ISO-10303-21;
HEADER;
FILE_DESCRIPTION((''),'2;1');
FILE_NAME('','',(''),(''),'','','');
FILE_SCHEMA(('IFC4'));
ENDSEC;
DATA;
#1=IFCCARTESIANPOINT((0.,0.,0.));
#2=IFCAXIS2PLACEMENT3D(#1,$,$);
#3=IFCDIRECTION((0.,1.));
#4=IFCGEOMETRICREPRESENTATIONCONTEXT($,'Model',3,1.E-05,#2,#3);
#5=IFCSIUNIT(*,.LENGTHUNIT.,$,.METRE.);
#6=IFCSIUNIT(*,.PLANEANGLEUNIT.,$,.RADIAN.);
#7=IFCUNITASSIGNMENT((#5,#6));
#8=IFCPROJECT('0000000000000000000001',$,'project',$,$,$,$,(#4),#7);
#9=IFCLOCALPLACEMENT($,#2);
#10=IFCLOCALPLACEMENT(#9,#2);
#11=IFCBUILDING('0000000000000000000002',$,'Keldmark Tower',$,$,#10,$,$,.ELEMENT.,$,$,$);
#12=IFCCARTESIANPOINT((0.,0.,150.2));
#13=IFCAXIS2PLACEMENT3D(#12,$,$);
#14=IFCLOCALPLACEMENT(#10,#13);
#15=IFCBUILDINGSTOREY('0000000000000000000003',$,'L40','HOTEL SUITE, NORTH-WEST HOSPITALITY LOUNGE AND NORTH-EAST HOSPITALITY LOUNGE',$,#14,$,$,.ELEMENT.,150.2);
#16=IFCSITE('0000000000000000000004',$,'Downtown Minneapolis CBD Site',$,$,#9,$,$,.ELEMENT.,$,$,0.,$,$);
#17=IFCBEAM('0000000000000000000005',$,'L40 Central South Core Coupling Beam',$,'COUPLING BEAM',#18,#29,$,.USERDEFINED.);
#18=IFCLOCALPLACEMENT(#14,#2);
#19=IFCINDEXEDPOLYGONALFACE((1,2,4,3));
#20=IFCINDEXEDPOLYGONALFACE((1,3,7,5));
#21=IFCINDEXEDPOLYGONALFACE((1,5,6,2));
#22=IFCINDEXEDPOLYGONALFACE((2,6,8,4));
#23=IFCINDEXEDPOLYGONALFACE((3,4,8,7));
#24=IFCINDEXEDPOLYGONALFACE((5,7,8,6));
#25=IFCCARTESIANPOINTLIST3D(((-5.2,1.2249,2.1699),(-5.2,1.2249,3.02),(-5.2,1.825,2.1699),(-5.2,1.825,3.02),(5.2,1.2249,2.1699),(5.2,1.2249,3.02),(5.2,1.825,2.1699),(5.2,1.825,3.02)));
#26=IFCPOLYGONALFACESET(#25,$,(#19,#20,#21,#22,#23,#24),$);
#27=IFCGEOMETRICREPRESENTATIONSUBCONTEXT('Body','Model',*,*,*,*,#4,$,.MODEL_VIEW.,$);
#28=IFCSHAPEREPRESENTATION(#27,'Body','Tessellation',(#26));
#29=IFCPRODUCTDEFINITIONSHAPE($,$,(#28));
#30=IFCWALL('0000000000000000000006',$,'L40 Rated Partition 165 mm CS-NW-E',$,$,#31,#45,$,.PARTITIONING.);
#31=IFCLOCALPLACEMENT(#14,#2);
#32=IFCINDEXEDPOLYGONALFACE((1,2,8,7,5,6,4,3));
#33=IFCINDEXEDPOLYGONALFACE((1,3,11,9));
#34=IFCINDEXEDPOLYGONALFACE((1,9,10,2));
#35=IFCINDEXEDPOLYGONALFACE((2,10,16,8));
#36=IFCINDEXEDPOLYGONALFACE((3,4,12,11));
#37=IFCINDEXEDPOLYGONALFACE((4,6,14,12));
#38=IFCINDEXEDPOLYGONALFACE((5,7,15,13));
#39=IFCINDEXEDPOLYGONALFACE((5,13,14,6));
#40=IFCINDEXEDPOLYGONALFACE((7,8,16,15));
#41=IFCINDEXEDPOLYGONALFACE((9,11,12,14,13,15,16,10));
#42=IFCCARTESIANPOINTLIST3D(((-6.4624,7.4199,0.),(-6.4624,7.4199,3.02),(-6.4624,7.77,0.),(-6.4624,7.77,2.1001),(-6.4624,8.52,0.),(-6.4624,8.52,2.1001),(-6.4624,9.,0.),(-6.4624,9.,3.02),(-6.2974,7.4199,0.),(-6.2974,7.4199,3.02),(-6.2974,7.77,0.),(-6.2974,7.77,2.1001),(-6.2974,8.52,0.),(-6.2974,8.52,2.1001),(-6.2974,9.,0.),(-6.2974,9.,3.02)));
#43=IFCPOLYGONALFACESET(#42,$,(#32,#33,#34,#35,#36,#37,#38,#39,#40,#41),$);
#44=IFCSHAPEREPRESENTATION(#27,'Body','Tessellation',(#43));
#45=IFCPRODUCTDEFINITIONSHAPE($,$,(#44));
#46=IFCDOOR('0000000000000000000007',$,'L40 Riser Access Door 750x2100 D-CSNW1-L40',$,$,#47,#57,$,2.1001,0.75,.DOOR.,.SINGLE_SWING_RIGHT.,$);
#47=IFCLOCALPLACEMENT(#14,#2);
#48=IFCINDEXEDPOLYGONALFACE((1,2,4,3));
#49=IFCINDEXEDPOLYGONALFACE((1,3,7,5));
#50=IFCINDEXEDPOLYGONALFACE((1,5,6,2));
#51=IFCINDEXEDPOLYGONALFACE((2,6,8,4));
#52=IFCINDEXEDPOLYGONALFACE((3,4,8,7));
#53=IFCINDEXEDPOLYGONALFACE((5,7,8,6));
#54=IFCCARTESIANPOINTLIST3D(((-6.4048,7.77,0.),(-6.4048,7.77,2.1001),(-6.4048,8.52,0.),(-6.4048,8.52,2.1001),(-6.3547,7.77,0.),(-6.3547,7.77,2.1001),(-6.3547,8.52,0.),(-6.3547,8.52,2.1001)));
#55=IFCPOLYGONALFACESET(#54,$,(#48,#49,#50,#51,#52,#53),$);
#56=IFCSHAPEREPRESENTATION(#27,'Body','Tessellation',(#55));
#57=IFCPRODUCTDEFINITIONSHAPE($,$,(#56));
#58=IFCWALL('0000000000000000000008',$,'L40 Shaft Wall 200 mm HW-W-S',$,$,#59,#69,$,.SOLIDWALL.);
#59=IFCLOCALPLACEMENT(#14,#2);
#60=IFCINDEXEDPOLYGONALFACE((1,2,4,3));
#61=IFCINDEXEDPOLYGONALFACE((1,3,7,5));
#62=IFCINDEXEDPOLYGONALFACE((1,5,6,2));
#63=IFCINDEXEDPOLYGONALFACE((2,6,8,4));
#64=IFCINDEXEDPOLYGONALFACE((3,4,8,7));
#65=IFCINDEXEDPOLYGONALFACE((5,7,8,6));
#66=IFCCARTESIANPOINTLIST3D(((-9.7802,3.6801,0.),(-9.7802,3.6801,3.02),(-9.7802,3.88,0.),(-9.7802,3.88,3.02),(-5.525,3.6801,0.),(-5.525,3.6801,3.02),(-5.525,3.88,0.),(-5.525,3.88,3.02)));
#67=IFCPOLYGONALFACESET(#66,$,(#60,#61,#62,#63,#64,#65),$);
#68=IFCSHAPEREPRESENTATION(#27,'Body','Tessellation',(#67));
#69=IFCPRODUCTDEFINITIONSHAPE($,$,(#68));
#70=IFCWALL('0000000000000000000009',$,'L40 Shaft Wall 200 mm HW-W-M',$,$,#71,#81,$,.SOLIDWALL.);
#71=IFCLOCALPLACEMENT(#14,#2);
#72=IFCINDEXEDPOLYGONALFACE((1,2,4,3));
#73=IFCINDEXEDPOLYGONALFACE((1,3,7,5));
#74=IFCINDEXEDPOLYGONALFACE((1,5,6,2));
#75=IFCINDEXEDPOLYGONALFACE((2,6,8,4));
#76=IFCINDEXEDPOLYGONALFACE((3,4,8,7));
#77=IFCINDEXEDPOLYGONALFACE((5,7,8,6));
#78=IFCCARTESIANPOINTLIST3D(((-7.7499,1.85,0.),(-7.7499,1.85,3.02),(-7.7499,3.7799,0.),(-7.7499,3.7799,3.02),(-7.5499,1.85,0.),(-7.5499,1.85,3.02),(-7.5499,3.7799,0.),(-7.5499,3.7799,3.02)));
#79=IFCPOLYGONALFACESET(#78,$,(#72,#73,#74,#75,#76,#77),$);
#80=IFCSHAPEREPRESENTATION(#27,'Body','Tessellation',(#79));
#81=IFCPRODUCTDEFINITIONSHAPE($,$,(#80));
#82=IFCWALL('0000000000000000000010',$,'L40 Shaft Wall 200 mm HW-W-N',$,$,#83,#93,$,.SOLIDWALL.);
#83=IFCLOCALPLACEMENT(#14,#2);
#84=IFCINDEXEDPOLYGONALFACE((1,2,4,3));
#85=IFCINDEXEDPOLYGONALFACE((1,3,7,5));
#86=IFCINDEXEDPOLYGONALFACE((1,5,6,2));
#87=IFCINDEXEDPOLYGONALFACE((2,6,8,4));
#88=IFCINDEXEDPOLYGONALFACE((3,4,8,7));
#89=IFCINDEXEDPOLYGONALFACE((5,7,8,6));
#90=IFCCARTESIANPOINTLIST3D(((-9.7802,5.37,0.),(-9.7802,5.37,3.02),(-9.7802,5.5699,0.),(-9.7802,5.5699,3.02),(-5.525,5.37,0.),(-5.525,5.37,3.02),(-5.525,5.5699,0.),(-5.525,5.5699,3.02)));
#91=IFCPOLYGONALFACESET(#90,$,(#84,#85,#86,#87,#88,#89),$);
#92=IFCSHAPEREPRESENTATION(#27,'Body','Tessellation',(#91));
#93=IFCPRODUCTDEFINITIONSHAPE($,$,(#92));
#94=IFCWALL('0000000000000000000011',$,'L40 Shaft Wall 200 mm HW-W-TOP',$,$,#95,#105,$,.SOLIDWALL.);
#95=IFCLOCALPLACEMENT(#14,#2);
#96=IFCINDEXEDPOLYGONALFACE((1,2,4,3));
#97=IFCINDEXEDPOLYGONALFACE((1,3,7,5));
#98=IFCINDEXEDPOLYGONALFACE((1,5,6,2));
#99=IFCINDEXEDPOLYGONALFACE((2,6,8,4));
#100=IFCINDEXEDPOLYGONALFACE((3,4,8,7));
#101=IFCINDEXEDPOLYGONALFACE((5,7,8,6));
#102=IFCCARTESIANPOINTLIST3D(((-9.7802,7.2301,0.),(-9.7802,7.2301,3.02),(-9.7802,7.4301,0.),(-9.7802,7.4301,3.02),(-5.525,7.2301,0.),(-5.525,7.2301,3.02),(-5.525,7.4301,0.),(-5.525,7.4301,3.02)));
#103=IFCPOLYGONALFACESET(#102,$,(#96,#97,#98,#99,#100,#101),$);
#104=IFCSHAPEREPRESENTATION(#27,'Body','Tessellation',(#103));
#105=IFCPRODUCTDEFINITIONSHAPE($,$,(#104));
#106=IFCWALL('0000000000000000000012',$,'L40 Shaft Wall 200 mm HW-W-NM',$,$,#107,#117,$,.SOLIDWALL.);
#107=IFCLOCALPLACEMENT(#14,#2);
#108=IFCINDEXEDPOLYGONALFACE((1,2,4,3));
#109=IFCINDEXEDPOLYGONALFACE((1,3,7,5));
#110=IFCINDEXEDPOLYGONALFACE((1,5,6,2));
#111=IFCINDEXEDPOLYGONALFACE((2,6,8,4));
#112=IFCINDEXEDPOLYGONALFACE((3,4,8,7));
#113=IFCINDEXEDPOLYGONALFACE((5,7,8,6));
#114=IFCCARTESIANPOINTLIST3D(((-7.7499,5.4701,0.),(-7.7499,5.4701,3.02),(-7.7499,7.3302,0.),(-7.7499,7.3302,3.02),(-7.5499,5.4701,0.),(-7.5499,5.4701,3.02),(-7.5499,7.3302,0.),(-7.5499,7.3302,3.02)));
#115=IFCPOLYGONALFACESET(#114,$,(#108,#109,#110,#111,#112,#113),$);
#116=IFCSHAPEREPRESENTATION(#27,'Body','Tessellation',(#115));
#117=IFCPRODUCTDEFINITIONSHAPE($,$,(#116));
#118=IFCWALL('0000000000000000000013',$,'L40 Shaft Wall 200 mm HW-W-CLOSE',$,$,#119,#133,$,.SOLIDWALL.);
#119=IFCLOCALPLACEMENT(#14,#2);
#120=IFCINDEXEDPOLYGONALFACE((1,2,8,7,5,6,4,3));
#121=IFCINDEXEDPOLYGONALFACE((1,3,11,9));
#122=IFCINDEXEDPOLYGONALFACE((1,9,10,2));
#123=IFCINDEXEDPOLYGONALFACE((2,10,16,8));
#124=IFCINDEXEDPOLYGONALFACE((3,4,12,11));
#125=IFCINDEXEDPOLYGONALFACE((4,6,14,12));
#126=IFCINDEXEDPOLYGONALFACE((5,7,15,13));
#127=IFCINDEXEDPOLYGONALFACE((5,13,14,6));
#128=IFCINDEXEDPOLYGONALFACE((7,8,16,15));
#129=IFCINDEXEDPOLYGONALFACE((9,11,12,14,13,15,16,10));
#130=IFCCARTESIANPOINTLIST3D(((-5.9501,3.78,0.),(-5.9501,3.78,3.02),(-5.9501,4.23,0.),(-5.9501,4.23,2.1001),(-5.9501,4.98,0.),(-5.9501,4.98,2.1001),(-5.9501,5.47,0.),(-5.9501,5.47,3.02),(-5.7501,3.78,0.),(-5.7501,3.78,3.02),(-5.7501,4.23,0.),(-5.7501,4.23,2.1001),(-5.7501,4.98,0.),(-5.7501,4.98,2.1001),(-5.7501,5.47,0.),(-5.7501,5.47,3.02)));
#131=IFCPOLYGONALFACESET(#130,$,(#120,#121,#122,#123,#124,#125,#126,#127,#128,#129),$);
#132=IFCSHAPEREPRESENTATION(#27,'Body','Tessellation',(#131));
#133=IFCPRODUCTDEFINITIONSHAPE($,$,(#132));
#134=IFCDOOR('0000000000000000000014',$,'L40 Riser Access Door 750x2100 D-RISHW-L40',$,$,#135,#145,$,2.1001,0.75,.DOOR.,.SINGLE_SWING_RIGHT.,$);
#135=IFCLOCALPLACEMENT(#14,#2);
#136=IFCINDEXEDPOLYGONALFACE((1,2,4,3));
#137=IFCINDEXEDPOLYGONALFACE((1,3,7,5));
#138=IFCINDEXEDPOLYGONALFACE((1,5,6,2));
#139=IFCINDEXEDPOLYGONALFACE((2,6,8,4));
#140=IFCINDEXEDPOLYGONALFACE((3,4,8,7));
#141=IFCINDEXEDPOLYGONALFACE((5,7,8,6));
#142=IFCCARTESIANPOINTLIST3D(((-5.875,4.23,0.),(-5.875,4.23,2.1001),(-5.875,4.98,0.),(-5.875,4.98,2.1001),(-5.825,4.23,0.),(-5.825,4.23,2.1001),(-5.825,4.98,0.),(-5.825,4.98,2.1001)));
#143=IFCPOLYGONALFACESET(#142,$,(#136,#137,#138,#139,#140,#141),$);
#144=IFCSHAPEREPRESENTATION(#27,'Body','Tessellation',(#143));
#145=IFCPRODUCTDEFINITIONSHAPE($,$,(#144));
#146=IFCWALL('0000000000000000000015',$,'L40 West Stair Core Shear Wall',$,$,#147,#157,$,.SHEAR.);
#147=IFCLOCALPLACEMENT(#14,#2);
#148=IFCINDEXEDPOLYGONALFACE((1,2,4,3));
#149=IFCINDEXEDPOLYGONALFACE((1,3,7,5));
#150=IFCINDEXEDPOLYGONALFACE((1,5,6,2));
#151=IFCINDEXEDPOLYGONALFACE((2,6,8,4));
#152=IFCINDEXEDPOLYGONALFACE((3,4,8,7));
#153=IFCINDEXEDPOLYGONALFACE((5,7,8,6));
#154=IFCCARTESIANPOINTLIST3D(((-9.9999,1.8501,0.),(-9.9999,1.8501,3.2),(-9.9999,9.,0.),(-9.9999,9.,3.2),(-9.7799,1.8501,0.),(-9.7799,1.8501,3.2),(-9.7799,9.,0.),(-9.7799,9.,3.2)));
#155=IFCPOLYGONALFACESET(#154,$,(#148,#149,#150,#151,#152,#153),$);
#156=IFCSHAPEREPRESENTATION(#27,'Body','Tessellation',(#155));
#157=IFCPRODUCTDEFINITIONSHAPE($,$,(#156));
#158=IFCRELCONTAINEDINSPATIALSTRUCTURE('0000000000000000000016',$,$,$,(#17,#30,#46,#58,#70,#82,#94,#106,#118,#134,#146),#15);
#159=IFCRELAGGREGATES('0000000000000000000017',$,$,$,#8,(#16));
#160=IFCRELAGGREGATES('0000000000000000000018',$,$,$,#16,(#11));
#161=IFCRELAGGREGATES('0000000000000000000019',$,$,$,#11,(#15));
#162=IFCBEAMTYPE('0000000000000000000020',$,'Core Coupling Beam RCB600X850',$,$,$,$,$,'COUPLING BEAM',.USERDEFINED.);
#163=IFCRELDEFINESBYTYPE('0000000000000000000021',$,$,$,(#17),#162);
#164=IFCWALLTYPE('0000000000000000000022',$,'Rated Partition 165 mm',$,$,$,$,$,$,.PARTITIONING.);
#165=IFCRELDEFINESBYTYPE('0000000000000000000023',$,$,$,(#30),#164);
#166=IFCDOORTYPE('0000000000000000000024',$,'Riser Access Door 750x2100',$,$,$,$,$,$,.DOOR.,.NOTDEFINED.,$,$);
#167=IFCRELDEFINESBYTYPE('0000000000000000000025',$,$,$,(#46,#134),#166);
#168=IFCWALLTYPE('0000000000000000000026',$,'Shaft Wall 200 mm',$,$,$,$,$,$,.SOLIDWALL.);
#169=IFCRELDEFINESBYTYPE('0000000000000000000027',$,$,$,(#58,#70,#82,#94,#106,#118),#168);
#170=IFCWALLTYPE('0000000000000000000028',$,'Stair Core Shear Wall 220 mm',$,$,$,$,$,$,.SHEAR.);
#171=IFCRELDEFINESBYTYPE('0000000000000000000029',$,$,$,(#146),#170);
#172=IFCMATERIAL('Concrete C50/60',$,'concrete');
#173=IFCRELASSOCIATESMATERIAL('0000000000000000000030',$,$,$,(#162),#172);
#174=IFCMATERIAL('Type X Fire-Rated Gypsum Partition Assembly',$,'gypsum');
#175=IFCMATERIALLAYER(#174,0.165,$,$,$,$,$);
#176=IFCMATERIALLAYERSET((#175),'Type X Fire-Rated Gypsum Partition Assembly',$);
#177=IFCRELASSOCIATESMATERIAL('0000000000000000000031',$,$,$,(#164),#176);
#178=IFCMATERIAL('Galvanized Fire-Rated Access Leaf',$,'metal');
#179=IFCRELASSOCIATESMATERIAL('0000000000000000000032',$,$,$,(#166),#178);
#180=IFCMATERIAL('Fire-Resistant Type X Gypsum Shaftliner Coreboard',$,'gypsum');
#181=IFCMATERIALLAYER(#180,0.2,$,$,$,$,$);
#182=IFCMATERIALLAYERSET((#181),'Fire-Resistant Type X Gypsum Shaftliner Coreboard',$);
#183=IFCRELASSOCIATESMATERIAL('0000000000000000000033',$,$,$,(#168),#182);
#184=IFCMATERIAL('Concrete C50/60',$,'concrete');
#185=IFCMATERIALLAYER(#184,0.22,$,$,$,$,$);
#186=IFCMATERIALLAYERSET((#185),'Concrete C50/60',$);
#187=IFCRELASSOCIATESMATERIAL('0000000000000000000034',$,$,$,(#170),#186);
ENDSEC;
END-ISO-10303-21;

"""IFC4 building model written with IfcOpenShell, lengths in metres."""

from ifc_helpers import new_model, si_unit, direction, frame, frame_2d, origin, origin_2d, place, context, subcontext, project, spatial, rectangle, extrude, material, layer, layer_set, material_profile, profile_set, type_object, element, fill, save


model = new_model("IFC4")

# Units and contexts
model_context = context("Model", 3, precision=1e-05, world=origin(), true_north=direction((0.0, 1.0)))
body_context = subcontext(model_context, "Body", "Model", "MODEL_VIEW")
ifc_project = project(units=[si_unit("LENGTHUNIT", "METRE"), si_unit("PLANEANGLEUNIT", "RADIAN")], contexts=[model_context])

# Site, building, storey
site_placement = place(None, origin())
site = spatial("IfcSite", under=ifc_project, at=site_placement, Name="Downtown Minneapolis CBD Site", CompositionType="ELEMENT", RefElevation=0.0)
building_placement = place(site_placement, origin())
building = spatial("IfcBuilding", under=site, at=building_placement, Name="Keldmark Tower", CompositionType="ELEMENT")
storey_placement = place(building_placement, frame((0.0, 0.0, 150.2)))
storey = spatial("IfcBuildingStorey", under=building, at=storey_placement, Name="L40", Description="HOTEL SUITE, NORTH-WEST HOSPITALITY LOUNGE AND NORTH-EAST HOSPITALITY LOUNGE", CompositionType="ELEMENT", Elevation=150.2)

# Beam
ifc_material_1 = material(Name="Concrete C50/60", Category="concrete")
ifc_material_profile = material_profile(ifc_material_1, rectangle(XDim=0.6001, YDim=0.8501, at=origin_2d()), Name="RCB600X850")
ifc_profile_set = profile_set([ifc_material_profile], Name="Concrete C50/60")
beam_type = type_object("IfcBeamType", Name="Core Coupling Beam RCB600X850", ElementType="COUPLING BEAM", PredefinedType="USERDEFINED", material=ifc_profile_set)
beam_placement = place(storey_placement, frame((-5.2, 1.5249, 2.595), z_axis=(1.0, 0.0, 0.0), x_axis=(0.0, 1.0, 0.0)))
element("IfcBeam", 1, at=beam_placement, inside=storey, type_object=beam_type, Name="L40 Central South Core Coupling Beam", ObjectType="COUPLING BEAM", PredefinedType="USERDEFINED", context=body_context, shape_type="SweptSolid", body=[
    extrude(rectangle(XDim=0.6001, YDim=0.8501, at=origin_2d()), origin(), (0.0, 0.0, 1.0), 10.3999),
])

# Wall, opening, door
ifc_material_2 = material(Name="Type X Fire-Rated Gypsum Partition Assembly", Category="gypsum")
ifc_layer_1 = layer(ifc_material_2, 0.165)
ifc_layer_set_1 = layer_set([ifc_layer_1], Name="Type X Fire-Rated Gypsum Partition Assembly")
wall_type_1 = type_object("IfcWallType", Name="Rated Partition 165 mm", PredefinedType="PARTITIONING", material=ifc_layer_set_1)
wall_1_placement = place(storey_placement, frame((-6.3799, 7.4199, 0.0), z_axis=(0.0, 0.0, 1.0), x_axis=(0.0, 1.0, 0.0)))
wall_1 = element("IfcWall", 2, at=wall_1_placement, inside=storey, type_object=wall_type_1, Name="L40 Rated Partition 165 mm CS-NW-E", PredefinedType="PARTITIONING", context=body_context, shape_type="SweptSolid", body=[
    extrude(rectangle(XDim=1.5801, YDim=0.165, at=frame_2d((0.79, 0.0))), origin(), (0.0, 0.0, 1.0), 3.02),
])
opening_1_placement = place(wall_1_placement, frame((0.3501, 0.0, 0.0)))
opening_1 = element("IfcOpeningElement", 3, at=opening_1_placement, cuts=wall_1, PredefinedType="OPENING", context=body_context, shape_type="SweptSolid", body=[
    extrude(rectangle(XDim=0.75, YDim=2.1001, at=frame_2d((0.375, 1.05))), frame((0.0, 0.0925, 0.0), z_axis=(0.0, -1.0, 0.0), x_axis=(1.0, 0.0, 0.0)), (0.0, 0.0, 1.0), 0.1851),
])
ifc_material_3 = material(Name="Galvanized Fire-Rated Access Leaf", Category="metal")
door_type = type_object("IfcDoorType", Name="Riser Access Door 750x2100", OperationType="NOTDEFINED", PredefinedType="DOOR", material=ifc_material_3)
door_1_placement = place(opening_1_placement, origin())
door_1 = element("IfcDoor", 4, at=door_1_placement, inside=storey, type_object=door_type, Name="L40 Riser Access Door 750x2100 D-CSNW1-L40", OperationType="SINGLE_SWING_RIGHT", OverallHeight=2.1001, OverallWidth=0.75, PredefinedType="DOOR", context=body_context, shape_type="SweptSolid", body=[
    extrude(rectangle(XDim=0.75, YDim=2.1001, at=frame_2d((0.375, 1.05))), frame((0.0, 0.0249, 0.0), z_axis=(0.0, -1.0, 0.0), x_axis=(1.0, 0.0, 0.0)), (0.0, 0.0, 1.0), 0.05),
])
fill(opening_1, door_1)

# Walls
ifc_material_4 = material(Name="Fire-Resistant Type X Gypsum Shaftliner Coreboard", Category="gypsum")
ifc_layer_2 = layer(ifc_material_4, 0.2)
ifc_layer_set_2 = layer_set([ifc_layer_2], Name="Fire-Resistant Type X Gypsum Shaftliner Coreboard")
wall_type_2 = type_object("IfcWallType", Name="Shaft Wall 200 mm", PredefinedType="SOLIDWALL", material=ifc_layer_set_2)
wall_2_placement = place(storey_placement, frame((-9.78, 3.78, 0.0), z_axis=(0.0, 0.0, 1.0), x_axis=(1.0, 0.0, 0.0)))
element("IfcWall", 5, at=wall_2_placement, inside=storey, type_object=wall_type_2, Name="L40 Shaft Wall 200 mm HW-W-S", PredefinedType="SOLIDWALL", context=body_context, shape_type="SweptSolid", body=[
    extrude(rectangle(XDim=4.2551, YDim=0.2, at=frame_2d((2.1274, 0.0))), origin(), (0.0, 0.0, 1.0), 3.02),
])
wall_3_placement = place(storey_placement, frame((-7.6499, 1.8501, 0.0), z_axis=(0.0, 0.0, 1.0), x_axis=(0.0, 1.0, 0.0)))
element("IfcWall", 6, at=wall_3_placement, inside=storey, type_object=wall_type_2, Name="L40 Shaft Wall 200 mm HW-W-M", PredefinedType="SOLIDWALL", context=body_context, shape_type="SweptSolid", body=[
    extrude(rectangle(XDim=1.9299, YDim=0.2, at=frame_2d((0.9648, 0.0))), origin(), (0.0, 0.0, 1.0), 3.02),
])
for number, where, z_axis, x_axis, name in (
    (7, (-9.78, 5.47, 0.0), (0.0, 0.0, 1.0), (1.0, 0.0, 0.0), "L40 Shaft Wall 200 mm HW-W-N"),
    (8, (-9.78, 7.3301, 0.0), (0.0, 0.0, 1.0), (1.0, 0.0, 0.0), "L40 Shaft Wall 200 mm HW-W-TOP"),
):
    element("IfcWall", number, at=place(storey_placement, frame(where, z_axis=z_axis, x_axis=x_axis)), inside=storey, type_object=wall_type_2, Name=name, PredefinedType="SOLIDWALL", context=body_context, shape_type="SweptSolid", body=[
        extrude(rectangle(XDim=4.2551, YDim=0.2, at=frame_2d((2.1274, 0.0))), origin(), (0.0, 0.0, 1.0), 3.02),
    ])
wall_4_placement = place(storey_placement, frame((-7.6499, 5.47, 0.0), z_axis=(0.0, 0.0, 1.0), x_axis=(0.0, 1.0, 0.0)))
element("IfcWall", 9, at=wall_4_placement, inside=storey, type_object=wall_type_2, Name="L40 Shaft Wall 200 mm HW-W-NM", PredefinedType="SOLIDWALL", context=body_context, shape_type="SweptSolid", body=[
    extrude(rectangle(XDim=1.8601, YDim=0.2, at=frame_2d((0.9302, 0.0))), origin(), (0.0, 0.0, 1.0), 3.02),
])

# Wall, opening, door
wall_5_placement = place(storey_placement, frame((-5.8501, 3.78, 0.0), z_axis=(0.0, 0.0, 1.0), x_axis=(0.0, 1.0, 0.0)))
wall_5 = element("IfcWall", 10, at=wall_5_placement, inside=storey, type_object=wall_type_2, Name="L40 Shaft Wall 200 mm HW-W-CLOSE", PredefinedType="SOLIDWALL", context=body_context, shape_type="SweptSolid", body=[
    extrude(rectangle(XDim=1.6899, YDim=0.2, at=frame_2d((0.845, 0.0))), origin(), (0.0, 0.0, 1.0), 3.02),
])
opening_2_placement = place(wall_5_placement, frame((0.45, 0.0, 0.0)))
opening_2 = element("IfcOpeningElement", 11, at=opening_2_placement, cuts=wall_5, PredefinedType="OPENING", context=body_context, shape_type="SweptSolid", body=[
    extrude(rectangle(XDim=0.75, YDim=2.1001, at=frame_2d((0.375, 1.05))), frame((0.0, 0.1099, 0.0), z_axis=(0.0, -1.0, 0.0), x_axis=(1.0, 0.0, 0.0)), (0.0, 0.0, 1.0), 0.22),
])
door_2_placement = place(opening_2_placement, origin())
door_2 = element("IfcDoor", 12, at=door_2_placement, inside=storey, type_object=door_type, Name="L40 Riser Access Door 750x2100 D-RISHW-L40", OperationType="SINGLE_SWING_RIGHT", OverallHeight=2.1001, OverallWidth=0.75, PredefinedType="DOOR", context=body_context, shape_type="SweptSolid", body=[
    extrude(rectangle(XDim=0.75, YDim=2.1001, at=frame_2d((0.375, 1.05))), frame((0.0, 0.0249, 0.0), z_axis=(0.0, -1.0, 0.0), x_axis=(1.0, 0.0, 0.0)), (0.0, 0.0, 1.0), 0.05),
])
fill(opening_2, door_2)

# Wall
ifc_material_5 = material(Name="Concrete C50/60", Category="concrete")
ifc_layer_3 = layer(ifc_material_5, 0.22)
ifc_layer_set_3 = layer_set([ifc_layer_3], Name="Concrete C50/60")
wall_type_3 = type_object("IfcWallType", Name="Stair Core Shear Wall 220 mm", PredefinedType="SHEAR", material=ifc_layer_set_3)
wall_6_placement = place(storey_placement, frame((-9.8899, 1.8501, 0.0), z_axis=(0.0, 0.0, 1.0), x_axis=(0.0, 1.0, 0.0)))
element("IfcWall", 13, at=wall_6_placement, inside=storey, type_object=wall_type_3, Name="L40 West Stair Core Shear Wall", PredefinedType="SHEAR", context=body_context, shape_type="SweptSolid", body=[
    extrude(rectangle(XDim=7.1499, YDim=0.22, at=frame_2d((3.575, 0.0))), origin(), (0.0, 0.0, 1.0), 3.2),
])

save(model, "model.ifc")
